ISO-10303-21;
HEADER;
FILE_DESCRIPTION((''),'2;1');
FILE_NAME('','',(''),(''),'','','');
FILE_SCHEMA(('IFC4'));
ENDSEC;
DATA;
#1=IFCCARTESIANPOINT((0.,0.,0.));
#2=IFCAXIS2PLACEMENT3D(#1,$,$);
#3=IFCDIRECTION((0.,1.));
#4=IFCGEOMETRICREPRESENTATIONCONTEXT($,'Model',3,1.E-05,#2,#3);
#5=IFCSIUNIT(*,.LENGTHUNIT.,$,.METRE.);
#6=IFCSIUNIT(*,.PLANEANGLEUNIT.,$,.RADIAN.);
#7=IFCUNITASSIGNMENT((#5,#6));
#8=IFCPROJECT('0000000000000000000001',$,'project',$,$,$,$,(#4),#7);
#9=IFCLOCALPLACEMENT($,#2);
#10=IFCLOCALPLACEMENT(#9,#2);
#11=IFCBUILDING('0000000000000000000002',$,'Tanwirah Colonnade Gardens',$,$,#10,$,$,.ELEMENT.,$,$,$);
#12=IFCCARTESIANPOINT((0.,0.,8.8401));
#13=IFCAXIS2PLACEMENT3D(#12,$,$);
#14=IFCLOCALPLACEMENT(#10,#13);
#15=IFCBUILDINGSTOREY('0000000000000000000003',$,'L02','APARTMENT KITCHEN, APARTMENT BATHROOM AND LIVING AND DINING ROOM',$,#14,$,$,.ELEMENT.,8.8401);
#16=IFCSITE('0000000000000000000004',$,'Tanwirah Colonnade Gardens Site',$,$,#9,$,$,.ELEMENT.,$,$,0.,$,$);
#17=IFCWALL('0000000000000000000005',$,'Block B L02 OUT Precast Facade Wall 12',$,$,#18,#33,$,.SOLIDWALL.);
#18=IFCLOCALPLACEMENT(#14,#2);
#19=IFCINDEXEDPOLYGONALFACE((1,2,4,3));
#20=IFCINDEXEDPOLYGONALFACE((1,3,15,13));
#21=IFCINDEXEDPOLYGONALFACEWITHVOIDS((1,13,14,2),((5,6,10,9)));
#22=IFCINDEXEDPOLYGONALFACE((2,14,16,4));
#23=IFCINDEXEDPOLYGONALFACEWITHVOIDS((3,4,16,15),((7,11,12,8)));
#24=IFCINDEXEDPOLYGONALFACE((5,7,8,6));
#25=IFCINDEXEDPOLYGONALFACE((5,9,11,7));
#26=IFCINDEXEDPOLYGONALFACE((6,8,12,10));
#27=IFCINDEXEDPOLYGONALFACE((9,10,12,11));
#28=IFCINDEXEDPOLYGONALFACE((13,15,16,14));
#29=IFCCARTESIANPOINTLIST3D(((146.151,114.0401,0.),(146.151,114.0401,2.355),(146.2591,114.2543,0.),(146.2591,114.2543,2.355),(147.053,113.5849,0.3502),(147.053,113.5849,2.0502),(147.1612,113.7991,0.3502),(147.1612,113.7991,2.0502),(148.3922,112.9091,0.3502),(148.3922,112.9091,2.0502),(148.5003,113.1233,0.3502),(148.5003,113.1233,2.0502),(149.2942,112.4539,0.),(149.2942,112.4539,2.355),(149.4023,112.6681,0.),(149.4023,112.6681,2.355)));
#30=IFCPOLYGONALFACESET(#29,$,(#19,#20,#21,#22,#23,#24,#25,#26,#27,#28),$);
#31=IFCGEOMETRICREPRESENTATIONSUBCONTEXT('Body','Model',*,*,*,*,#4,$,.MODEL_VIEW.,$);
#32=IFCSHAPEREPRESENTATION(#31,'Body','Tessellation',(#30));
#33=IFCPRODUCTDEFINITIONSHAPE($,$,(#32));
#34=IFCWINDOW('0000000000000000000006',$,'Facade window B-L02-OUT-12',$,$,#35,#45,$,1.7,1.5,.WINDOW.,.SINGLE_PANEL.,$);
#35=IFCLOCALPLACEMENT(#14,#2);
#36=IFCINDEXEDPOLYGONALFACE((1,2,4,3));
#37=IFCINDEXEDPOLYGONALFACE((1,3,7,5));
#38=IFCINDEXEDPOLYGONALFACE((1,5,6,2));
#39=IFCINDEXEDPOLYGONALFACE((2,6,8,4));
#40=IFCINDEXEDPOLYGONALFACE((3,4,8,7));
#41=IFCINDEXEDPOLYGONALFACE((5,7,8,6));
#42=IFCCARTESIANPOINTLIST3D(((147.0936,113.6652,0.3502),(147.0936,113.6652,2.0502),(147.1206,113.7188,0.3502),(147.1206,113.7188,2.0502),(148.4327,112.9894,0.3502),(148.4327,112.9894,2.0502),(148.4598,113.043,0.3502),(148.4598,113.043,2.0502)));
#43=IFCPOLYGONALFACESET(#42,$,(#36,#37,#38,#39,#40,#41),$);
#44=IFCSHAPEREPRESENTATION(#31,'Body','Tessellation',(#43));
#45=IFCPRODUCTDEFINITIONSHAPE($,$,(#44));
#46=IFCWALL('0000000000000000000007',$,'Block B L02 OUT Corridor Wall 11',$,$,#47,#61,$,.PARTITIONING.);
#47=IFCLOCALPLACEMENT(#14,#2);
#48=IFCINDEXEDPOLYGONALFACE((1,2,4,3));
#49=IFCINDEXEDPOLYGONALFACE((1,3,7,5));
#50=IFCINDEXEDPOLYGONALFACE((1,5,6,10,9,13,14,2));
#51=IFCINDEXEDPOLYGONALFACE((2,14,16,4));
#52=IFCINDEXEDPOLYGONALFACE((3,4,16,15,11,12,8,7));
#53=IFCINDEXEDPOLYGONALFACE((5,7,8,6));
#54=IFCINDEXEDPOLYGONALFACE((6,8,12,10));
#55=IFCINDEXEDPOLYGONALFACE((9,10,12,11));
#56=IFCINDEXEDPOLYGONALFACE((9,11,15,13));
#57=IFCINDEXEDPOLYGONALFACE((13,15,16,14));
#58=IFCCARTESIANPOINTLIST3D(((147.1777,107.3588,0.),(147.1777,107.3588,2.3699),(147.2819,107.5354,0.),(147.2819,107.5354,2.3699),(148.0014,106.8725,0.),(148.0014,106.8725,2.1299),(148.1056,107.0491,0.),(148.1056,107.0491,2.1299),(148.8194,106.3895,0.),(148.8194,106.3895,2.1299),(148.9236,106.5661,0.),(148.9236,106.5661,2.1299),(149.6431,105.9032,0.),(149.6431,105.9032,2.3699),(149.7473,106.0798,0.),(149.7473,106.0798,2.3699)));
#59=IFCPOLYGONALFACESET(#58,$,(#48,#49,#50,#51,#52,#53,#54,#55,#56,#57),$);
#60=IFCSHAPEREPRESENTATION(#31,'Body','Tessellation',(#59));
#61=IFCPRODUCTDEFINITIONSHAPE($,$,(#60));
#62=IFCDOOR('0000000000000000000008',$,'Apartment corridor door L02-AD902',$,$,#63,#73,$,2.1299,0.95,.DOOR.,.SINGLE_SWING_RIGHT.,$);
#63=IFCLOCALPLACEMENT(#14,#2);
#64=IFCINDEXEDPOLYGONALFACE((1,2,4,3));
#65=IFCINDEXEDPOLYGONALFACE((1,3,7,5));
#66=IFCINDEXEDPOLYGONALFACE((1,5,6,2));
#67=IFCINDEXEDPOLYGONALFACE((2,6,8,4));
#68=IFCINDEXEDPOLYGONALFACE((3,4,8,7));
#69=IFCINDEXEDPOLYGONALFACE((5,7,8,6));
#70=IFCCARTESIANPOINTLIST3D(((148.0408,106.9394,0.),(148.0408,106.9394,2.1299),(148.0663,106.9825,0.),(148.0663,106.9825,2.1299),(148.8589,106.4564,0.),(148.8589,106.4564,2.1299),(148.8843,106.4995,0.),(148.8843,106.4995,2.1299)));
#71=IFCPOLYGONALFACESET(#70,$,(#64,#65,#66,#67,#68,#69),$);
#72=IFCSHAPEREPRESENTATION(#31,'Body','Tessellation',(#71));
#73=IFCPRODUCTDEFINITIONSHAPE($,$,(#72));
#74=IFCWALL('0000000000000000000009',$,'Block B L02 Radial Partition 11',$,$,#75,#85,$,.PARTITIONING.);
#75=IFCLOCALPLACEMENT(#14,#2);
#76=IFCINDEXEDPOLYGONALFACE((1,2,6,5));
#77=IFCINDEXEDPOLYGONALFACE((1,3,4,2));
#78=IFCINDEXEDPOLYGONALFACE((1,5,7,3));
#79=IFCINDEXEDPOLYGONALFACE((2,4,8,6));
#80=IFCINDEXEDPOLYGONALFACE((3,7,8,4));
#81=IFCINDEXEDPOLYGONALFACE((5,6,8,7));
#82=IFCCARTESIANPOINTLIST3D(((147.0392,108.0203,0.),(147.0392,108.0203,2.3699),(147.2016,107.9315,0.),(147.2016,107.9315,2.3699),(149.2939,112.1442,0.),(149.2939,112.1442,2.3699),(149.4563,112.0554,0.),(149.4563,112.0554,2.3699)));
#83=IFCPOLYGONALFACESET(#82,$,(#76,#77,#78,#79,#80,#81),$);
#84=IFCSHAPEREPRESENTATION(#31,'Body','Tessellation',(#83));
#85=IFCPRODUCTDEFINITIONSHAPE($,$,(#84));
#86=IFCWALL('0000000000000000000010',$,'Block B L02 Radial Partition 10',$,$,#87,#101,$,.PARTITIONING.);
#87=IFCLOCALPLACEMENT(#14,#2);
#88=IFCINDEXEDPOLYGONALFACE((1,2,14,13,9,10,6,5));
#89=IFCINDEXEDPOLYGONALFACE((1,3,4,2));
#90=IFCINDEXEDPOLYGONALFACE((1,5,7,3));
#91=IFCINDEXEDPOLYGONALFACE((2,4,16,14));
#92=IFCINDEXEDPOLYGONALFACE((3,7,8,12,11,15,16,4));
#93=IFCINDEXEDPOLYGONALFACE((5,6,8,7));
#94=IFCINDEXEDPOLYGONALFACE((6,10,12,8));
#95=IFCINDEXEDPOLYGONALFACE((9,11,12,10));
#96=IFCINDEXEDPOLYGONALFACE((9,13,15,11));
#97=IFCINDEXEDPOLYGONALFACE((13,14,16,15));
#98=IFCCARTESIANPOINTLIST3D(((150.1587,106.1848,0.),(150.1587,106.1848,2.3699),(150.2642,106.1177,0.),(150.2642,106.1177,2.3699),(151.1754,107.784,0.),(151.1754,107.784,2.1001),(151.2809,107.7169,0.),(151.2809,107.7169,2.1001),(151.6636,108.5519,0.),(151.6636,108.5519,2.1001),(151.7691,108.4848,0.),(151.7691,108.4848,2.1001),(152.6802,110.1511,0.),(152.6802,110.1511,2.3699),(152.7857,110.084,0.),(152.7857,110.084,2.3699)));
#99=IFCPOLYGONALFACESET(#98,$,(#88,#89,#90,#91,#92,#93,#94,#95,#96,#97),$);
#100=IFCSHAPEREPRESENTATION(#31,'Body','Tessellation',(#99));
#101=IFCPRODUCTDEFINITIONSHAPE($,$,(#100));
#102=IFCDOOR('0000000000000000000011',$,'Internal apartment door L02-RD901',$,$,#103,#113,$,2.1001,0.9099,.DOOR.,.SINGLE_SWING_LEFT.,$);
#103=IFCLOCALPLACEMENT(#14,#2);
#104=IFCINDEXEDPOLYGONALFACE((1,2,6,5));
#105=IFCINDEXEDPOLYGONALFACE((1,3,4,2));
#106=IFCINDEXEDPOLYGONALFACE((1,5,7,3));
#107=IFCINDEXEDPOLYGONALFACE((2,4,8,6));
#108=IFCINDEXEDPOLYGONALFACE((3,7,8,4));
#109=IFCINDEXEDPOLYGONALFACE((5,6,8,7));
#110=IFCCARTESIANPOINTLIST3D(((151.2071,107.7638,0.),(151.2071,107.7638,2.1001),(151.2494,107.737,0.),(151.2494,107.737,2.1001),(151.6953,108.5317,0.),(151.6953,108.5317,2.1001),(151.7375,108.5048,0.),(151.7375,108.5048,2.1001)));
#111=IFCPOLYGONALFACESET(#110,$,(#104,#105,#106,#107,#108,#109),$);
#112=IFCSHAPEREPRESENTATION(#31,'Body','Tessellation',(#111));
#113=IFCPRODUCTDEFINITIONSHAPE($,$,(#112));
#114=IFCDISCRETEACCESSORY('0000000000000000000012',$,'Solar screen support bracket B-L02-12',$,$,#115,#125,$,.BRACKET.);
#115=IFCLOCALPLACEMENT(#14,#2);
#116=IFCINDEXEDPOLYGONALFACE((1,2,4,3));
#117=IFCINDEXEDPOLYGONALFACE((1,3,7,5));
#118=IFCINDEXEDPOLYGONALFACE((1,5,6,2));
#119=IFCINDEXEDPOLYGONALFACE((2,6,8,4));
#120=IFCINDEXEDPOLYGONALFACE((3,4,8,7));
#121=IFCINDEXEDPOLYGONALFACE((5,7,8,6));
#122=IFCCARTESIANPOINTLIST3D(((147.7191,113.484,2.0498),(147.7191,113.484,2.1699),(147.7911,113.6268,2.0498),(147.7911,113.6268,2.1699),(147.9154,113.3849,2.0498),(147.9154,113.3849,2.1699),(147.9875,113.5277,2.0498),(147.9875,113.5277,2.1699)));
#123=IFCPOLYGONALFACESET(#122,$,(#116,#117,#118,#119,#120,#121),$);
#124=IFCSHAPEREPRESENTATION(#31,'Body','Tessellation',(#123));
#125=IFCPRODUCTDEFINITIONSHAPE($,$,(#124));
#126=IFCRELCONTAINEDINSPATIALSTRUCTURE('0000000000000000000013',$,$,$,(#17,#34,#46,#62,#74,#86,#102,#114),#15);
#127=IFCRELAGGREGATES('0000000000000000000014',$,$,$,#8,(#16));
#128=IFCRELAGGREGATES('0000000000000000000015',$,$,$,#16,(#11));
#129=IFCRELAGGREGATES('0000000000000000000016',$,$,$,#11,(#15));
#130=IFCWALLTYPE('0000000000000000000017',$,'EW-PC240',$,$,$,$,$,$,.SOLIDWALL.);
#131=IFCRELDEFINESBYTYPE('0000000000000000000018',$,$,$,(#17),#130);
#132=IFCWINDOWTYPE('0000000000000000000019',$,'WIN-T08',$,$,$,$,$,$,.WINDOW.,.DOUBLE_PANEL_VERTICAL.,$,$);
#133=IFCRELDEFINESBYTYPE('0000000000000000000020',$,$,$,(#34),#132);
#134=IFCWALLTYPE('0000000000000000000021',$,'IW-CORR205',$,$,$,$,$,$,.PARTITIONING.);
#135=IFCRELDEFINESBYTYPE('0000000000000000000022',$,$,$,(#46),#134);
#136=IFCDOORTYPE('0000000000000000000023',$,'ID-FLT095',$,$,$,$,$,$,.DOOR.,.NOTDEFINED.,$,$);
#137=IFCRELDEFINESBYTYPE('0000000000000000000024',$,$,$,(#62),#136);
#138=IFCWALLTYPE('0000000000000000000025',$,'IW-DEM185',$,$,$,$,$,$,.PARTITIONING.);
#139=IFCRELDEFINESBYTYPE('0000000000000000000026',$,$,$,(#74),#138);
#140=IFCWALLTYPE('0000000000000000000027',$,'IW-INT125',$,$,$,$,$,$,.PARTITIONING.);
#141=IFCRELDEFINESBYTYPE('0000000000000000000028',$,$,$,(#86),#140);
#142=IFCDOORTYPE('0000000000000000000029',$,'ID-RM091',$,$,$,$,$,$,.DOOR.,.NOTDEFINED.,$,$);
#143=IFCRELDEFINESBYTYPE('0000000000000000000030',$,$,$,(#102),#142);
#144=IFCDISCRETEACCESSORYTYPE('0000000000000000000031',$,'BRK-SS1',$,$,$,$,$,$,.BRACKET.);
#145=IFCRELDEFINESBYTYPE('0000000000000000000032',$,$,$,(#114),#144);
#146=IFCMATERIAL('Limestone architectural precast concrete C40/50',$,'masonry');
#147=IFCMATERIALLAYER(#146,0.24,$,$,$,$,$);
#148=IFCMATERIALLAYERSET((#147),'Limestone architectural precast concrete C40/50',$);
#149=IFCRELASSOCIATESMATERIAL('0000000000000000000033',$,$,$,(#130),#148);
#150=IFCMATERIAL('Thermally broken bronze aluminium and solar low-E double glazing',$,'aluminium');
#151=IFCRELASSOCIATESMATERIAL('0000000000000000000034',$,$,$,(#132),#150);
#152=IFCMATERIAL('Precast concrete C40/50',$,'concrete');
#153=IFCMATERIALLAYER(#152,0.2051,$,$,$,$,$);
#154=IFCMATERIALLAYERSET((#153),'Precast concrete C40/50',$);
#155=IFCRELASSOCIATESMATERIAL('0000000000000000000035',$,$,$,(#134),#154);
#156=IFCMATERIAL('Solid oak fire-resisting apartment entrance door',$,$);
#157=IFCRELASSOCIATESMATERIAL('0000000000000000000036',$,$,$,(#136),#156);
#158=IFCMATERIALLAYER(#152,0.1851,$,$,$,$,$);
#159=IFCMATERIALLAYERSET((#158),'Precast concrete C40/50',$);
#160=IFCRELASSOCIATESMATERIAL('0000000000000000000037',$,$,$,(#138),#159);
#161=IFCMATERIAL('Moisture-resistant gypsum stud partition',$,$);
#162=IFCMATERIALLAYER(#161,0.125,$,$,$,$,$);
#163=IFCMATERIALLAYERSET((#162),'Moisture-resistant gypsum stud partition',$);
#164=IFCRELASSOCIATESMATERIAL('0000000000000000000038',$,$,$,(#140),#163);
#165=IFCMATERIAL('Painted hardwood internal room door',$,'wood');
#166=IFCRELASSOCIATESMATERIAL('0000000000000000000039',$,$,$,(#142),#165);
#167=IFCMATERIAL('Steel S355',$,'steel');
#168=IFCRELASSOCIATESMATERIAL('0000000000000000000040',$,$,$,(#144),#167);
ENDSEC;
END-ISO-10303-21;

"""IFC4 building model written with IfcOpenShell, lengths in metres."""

from ifc_helpers import new_model, si_unit, direction, frame, frame_2d, origin, origin_2d, place, context, subcontext, project, spatial, rectangle, extrude, material, layer, layer_set, type_object, element, fill, save


model = new_model("IFC4")

# Units and contexts
model_context = context("Model", 3, precision=1e-05, world=origin(), true_north=direction((0.0, 1.0)))
body_context = subcontext(model_context, "Body", "Model", "MODEL_VIEW")
ifc_project = project(units=[si_unit("LENGTHUNIT", "METRE"), si_unit("PLANEANGLEUNIT", "RADIAN")], contexts=[model_context])

# Site, building, storey
site_placement = place(None, origin())
site = spatial("IfcSite", under=ifc_project, at=site_placement, Name="Tanwirah Colonnade Gardens Site", CompositionType="ELEMENT", RefElevation=0.0)
building_placement = place(site_placement, origin())
building = spatial("IfcBuilding", under=site, at=building_placement, Name="Tanwirah Colonnade Gardens", CompositionType="ELEMENT")
storey_placement = place(building_placement, frame((0.0, 0.0, 8.8401)))
storey = spatial("IfcBuildingStorey", under=building, at=storey_placement, Name="L02", Description="APARTMENT KITCHEN, APARTMENT BATHROOM AND LIVING AND DINING ROOM", CompositionType="ELEMENT", Elevation=8.8401)

# Shared definitions
ifc_material_1 = material(Name="Precast concrete C40/50", Category="concrete")

# Wall, opening, window
ifc_material_2 = material(Name="Limestone architectural precast concrete C40/50", Category="masonry")
ifc_layer_1 = layer(ifc_material_2, 0.24)
ifc_layer_set_1 = layer_set([ifc_layer_1], Name="Limestone architectural precast concrete C40/50")
wall_type_1 = type_object("IfcWallType", Name="EW-PC240", PredefinedType="SOLIDWALL", material=ifc_layer_set_1)
ifc_material_3 = material(Name="Thermally broken bronze aluminium and solar low-E double glazing", Category="aluminium")
wall_1_placement = place(storey_placement, frame((149.3481, 112.561, 0.0), z_axis=(0.0, 0.0, 1.0), x_axis=(-0.892757, 0.450539, 0.0)))
wall_1 = element("IfcWall", 1, at=wall_1_placement, inside=storey, type_object=wall_type_1, Name="Block B L02 OUT Precast Facade Wall 12", PredefinedType="SOLIDWALL", context=body_context, shape_type="SweptSolid", body=[
    extrude(rectangle(XDim=3.5208, YDim=0.24, at=frame_2d((1.7603, 0.0))), origin(), (0.0, 0.0, 1.0), 2.355),
])
opening_1_placement = place(wall_1_placement, frame((1.0103, 0.0, 0.3501)))
opening_1 = element("IfcOpeningElement", 2, at=opening_1_placement, cuts=wall_1, PredefinedType="OPENING", context=body_context, shape_type="SweptSolid", body=[
    extrude(rectangle(XDim=1.5, YDim=1.7, at=frame_2d((0.75, 0.8501))), frame((0.0, 0.1299, 0.0), z_axis=(0.0, -1.0, 0.0), x_axis=(1.0, 0.0, 0.0)), (0.0, 0.0, 1.0), 0.26),
])
window_type_1 = type_object("IfcWindowType", Name="WIN-T08", PartitioningType="DOUBLE_PANEL_VERTICAL", PredefinedType="WINDOW", material=ifc_material_3)
window_1_placement = place(opening_1_placement, origin())
window_1 = element("IfcWindow", 3, at=window_1_placement, inside=storey, type_object=window_type_1, Name="Facade window B-L02-OUT-12", OverallHeight=1.7, OverallWidth=1.5, PartitioningType="SINGLE_PANEL", PredefinedType="WINDOW", context=body_context, shape_type="SweptSolid", body=[
    extrude(rectangle(XDim=1.5, YDim=1.7, at=frame_2d((0.75, 0.8501))), frame((0.0, 0.03, 0.0), z_axis=(0.0, -1.0, 0.0), x_axis=(1.0, 0.0, 0.0)), (0.0, 0.0, 1.0), 0.0601),
])
fill(opening_1, window_1)

# Wall, opening, door
ifc_layer_2 = layer(ifc_material_1, 0.2051)
ifc_layer_set_2 = layer_set([ifc_layer_2], Name="Precast concrete C40/50")
wall_type_2 = type_object("IfcWallType", Name="IW-CORR205", PredefinedType="PARTITIONING", material=ifc_layer_set_2)
wall_2_placement = place(storey_placement, frame((149.6953, 105.9915, 0.0), z_axis=(0.0, 0.0, 1.0), x_axis=(-0.861113, 0.508413, 0.0)))
wall_2 = element("IfcWall", 4, at=wall_2_placement, inside=storey, type_object=wall_type_2, Name="Block B L02 OUT Corridor Wall 11", PredefinedType="PARTITIONING", context=body_context, shape_type="SweptSolid", body=[
    extrude(rectangle(XDim=2.863, YDim=0.2051, at=frame_2d((1.4316, 0.0))), origin(), (0.0, 0.0, 1.0), 2.3699),
])
opening_2_placement = place(wall_2_placement, frame((0.9565, 0.0, 0.0)))
opening_2 = element("IfcOpeningElement", 5, at=opening_2_placement, cuts=wall_2, PredefinedType="OPENING", context=body_context, shape_type="SweptSolid", body=[
    extrude(rectangle(XDim=0.95, YDim=2.1299, at=frame_2d((0.4751, 1.0649))), frame((0.0, 0.1125, 0.0), z_axis=(0.0, -1.0, 0.0), x_axis=(1.0, 0.0, 0.0)), (0.0, 0.0, 1.0), 0.2251),
])
ifc_material_4 = material(Name="Solid oak fire-resisting apartment entrance door")
door_type_1 = type_object("IfcDoorType", Name="ID-FLT095", OperationType="NOTDEFINED", PredefinedType="DOOR", material=ifc_material_4)
door_1_placement = place(opening_2_placement, origin())
door_1 = element("IfcDoor", 6, at=door_1_placement, inside=storey, type_object=door_type_1, Name="Apartment corridor door L02-AD902", OperationType="SINGLE_SWING_RIGHT", OverallHeight=2.1299, OverallWidth=0.95, PredefinedType="DOOR", context=body_context, shape_type="SweptSolid", body=[
    extrude(rectangle(XDim=0.95, YDim=2.1299, at=frame_2d((0.4751, 1.0649))), frame((0.0, 0.0249, 0.0), z_axis=(0.0, -1.0, 0.0), x_axis=(1.0, 0.0, 0.0)), (0.0, 0.0, 1.0), 0.05),
])
fill(opening_2, door_1)

# Wall
ifc_layer_3 = layer(ifc_material_1, 0.1851)
ifc_layer_set_3 = layer_set([ifc_layer_3], Name="Precast concrete C40/50")
wall_type_3 = type_object("IfcWallType", Name="IW-DEM185", PredefinedType="PARTITIONING", material=ifc_layer_set_3)
wall_3_placement = place(storey_placement, frame((147.1204, 107.9758, 0.0), z_axis=(0.0, 0.0, 1.0), x_axis=(0.479722, 0.877421, 0.0)))
element("IfcWall", 7, at=wall_3_placement, inside=storey, type_object=wall_type_3, Name="Block B L02 Radial Partition 11", PredefinedType="PARTITIONING", context=body_context, shape_type="SweptSolid", body=[
    extrude(rectangle(XDim=4.7, YDim=0.1851, at=frame_2d((2.3501, 0.0))), origin(), (0.0, 0.0, 1.0), 2.3699),
])

# Wall, opening, door
ifc_material_5 = material(Name="Moisture-resistant gypsum stud partition")
ifc_layer_4 = layer(ifc_material_5, 0.125)
ifc_layer_set_4 = layer_set([ifc_layer_4], Name="Moisture-resistant gypsum stud partition")
wall_type_4 = type_object("IfcWallType", Name="IW-INT125", PredefinedType="PARTITIONING", material=ifc_layer_set_4)
wall_4_placement = place(storey_placement, frame((150.2114, 106.1511, 0.0), z_axis=(0.0, 0.0, 1.0), x_axis=(0.536492, 0.843905, 0.0)))
wall_4 = element("IfcWall", 8, at=wall_4_placement, inside=storey, type_object=wall_type_4, Name="Block B L02 Radial Partition 10", PredefinedType="PARTITIONING", context=body_context, shape_type="SweptSolid", body=[
    extrude(rectangle(XDim=4.7, YDim=0.125, at=frame_2d((2.3501, 0.0))), origin(), (0.0, 0.0, 1.0), 2.3699),
])
opening_3_placement = place(wall_4_placement, frame((1.895, 0.0, 0.0)))
opening_3 = element("IfcOpeningElement", 9, at=opening_3_placement, cuts=wall_4, PredefinedType="OPENING", context=body_context, shape_type="SweptSolid", body=[
    extrude(rectangle(XDim=0.9099, YDim=2.1001, at=frame_2d((0.4551, 1.05))), frame((0.0, 0.0725, 0.0), z_axis=(0.0, -1.0, 0.0), x_axis=(1.0, 0.0, 0.0)), (0.0, 0.0, 1.0), 0.145),
])
ifc_material_6 = material(Name="Painted hardwood internal room door", Category="wood")
door_type_2 = type_object("IfcDoorType", Name="ID-RM091", OperationType="NOTDEFINED", PredefinedType="DOOR", material=ifc_material_6)
door_2_placement = place(opening_3_placement, origin())
door_2 = element("IfcDoor", 10, at=door_2_placement, inside=storey, type_object=door_type_2, Name="Internal apartment door L02-RD901", OperationType="SINGLE_SWING_LEFT", OverallHeight=2.1001, OverallWidth=0.9099, PredefinedType="DOOR", context=body_context, shape_type="SweptSolid", body=[
    extrude(rectangle(XDim=0.9099, YDim=2.1001, at=frame_2d((0.4551, 1.05))), frame((0.0, 0.0249, 0.0), z_axis=(0.0, -1.0, 0.0), x_axis=(1.0, 0.0, 0.0)), (0.0, 0.0, 1.0), 0.05),
])
fill(opening_3, door_2)

# Discrete accessory
ifc_material_7 = material(Name="Steel S355", Category="steel")
discrete_accessory_type = type_object("IfcDiscreteAccessoryType", Name="BRK-SS1", PredefinedType="BRACKET", material=ifc_material_7)
discrete_accessory_placement = place(storey_placement, frame((147.8533, 113.5059, 2.0498), z_axis=(0.0, 0.0, 1.0), x_axis=(-0.89276, 0.450533, 0.0)))
element("IfcDiscreteAccessory", 11, at=discrete_accessory_placement, inside=storey, type_object=discrete_accessory_type, Name="Solar screen support bracket B-L02-12", PredefinedType="BRACKET", context=body_context, shape_type="SweptSolid", body=[
    extrude(rectangle(XDim=0.22, YDim=0.1599, at=origin_2d()), origin(), (0.0, 0.0, 1.0), 0.1201),
])

save(model, "model.ifc")
